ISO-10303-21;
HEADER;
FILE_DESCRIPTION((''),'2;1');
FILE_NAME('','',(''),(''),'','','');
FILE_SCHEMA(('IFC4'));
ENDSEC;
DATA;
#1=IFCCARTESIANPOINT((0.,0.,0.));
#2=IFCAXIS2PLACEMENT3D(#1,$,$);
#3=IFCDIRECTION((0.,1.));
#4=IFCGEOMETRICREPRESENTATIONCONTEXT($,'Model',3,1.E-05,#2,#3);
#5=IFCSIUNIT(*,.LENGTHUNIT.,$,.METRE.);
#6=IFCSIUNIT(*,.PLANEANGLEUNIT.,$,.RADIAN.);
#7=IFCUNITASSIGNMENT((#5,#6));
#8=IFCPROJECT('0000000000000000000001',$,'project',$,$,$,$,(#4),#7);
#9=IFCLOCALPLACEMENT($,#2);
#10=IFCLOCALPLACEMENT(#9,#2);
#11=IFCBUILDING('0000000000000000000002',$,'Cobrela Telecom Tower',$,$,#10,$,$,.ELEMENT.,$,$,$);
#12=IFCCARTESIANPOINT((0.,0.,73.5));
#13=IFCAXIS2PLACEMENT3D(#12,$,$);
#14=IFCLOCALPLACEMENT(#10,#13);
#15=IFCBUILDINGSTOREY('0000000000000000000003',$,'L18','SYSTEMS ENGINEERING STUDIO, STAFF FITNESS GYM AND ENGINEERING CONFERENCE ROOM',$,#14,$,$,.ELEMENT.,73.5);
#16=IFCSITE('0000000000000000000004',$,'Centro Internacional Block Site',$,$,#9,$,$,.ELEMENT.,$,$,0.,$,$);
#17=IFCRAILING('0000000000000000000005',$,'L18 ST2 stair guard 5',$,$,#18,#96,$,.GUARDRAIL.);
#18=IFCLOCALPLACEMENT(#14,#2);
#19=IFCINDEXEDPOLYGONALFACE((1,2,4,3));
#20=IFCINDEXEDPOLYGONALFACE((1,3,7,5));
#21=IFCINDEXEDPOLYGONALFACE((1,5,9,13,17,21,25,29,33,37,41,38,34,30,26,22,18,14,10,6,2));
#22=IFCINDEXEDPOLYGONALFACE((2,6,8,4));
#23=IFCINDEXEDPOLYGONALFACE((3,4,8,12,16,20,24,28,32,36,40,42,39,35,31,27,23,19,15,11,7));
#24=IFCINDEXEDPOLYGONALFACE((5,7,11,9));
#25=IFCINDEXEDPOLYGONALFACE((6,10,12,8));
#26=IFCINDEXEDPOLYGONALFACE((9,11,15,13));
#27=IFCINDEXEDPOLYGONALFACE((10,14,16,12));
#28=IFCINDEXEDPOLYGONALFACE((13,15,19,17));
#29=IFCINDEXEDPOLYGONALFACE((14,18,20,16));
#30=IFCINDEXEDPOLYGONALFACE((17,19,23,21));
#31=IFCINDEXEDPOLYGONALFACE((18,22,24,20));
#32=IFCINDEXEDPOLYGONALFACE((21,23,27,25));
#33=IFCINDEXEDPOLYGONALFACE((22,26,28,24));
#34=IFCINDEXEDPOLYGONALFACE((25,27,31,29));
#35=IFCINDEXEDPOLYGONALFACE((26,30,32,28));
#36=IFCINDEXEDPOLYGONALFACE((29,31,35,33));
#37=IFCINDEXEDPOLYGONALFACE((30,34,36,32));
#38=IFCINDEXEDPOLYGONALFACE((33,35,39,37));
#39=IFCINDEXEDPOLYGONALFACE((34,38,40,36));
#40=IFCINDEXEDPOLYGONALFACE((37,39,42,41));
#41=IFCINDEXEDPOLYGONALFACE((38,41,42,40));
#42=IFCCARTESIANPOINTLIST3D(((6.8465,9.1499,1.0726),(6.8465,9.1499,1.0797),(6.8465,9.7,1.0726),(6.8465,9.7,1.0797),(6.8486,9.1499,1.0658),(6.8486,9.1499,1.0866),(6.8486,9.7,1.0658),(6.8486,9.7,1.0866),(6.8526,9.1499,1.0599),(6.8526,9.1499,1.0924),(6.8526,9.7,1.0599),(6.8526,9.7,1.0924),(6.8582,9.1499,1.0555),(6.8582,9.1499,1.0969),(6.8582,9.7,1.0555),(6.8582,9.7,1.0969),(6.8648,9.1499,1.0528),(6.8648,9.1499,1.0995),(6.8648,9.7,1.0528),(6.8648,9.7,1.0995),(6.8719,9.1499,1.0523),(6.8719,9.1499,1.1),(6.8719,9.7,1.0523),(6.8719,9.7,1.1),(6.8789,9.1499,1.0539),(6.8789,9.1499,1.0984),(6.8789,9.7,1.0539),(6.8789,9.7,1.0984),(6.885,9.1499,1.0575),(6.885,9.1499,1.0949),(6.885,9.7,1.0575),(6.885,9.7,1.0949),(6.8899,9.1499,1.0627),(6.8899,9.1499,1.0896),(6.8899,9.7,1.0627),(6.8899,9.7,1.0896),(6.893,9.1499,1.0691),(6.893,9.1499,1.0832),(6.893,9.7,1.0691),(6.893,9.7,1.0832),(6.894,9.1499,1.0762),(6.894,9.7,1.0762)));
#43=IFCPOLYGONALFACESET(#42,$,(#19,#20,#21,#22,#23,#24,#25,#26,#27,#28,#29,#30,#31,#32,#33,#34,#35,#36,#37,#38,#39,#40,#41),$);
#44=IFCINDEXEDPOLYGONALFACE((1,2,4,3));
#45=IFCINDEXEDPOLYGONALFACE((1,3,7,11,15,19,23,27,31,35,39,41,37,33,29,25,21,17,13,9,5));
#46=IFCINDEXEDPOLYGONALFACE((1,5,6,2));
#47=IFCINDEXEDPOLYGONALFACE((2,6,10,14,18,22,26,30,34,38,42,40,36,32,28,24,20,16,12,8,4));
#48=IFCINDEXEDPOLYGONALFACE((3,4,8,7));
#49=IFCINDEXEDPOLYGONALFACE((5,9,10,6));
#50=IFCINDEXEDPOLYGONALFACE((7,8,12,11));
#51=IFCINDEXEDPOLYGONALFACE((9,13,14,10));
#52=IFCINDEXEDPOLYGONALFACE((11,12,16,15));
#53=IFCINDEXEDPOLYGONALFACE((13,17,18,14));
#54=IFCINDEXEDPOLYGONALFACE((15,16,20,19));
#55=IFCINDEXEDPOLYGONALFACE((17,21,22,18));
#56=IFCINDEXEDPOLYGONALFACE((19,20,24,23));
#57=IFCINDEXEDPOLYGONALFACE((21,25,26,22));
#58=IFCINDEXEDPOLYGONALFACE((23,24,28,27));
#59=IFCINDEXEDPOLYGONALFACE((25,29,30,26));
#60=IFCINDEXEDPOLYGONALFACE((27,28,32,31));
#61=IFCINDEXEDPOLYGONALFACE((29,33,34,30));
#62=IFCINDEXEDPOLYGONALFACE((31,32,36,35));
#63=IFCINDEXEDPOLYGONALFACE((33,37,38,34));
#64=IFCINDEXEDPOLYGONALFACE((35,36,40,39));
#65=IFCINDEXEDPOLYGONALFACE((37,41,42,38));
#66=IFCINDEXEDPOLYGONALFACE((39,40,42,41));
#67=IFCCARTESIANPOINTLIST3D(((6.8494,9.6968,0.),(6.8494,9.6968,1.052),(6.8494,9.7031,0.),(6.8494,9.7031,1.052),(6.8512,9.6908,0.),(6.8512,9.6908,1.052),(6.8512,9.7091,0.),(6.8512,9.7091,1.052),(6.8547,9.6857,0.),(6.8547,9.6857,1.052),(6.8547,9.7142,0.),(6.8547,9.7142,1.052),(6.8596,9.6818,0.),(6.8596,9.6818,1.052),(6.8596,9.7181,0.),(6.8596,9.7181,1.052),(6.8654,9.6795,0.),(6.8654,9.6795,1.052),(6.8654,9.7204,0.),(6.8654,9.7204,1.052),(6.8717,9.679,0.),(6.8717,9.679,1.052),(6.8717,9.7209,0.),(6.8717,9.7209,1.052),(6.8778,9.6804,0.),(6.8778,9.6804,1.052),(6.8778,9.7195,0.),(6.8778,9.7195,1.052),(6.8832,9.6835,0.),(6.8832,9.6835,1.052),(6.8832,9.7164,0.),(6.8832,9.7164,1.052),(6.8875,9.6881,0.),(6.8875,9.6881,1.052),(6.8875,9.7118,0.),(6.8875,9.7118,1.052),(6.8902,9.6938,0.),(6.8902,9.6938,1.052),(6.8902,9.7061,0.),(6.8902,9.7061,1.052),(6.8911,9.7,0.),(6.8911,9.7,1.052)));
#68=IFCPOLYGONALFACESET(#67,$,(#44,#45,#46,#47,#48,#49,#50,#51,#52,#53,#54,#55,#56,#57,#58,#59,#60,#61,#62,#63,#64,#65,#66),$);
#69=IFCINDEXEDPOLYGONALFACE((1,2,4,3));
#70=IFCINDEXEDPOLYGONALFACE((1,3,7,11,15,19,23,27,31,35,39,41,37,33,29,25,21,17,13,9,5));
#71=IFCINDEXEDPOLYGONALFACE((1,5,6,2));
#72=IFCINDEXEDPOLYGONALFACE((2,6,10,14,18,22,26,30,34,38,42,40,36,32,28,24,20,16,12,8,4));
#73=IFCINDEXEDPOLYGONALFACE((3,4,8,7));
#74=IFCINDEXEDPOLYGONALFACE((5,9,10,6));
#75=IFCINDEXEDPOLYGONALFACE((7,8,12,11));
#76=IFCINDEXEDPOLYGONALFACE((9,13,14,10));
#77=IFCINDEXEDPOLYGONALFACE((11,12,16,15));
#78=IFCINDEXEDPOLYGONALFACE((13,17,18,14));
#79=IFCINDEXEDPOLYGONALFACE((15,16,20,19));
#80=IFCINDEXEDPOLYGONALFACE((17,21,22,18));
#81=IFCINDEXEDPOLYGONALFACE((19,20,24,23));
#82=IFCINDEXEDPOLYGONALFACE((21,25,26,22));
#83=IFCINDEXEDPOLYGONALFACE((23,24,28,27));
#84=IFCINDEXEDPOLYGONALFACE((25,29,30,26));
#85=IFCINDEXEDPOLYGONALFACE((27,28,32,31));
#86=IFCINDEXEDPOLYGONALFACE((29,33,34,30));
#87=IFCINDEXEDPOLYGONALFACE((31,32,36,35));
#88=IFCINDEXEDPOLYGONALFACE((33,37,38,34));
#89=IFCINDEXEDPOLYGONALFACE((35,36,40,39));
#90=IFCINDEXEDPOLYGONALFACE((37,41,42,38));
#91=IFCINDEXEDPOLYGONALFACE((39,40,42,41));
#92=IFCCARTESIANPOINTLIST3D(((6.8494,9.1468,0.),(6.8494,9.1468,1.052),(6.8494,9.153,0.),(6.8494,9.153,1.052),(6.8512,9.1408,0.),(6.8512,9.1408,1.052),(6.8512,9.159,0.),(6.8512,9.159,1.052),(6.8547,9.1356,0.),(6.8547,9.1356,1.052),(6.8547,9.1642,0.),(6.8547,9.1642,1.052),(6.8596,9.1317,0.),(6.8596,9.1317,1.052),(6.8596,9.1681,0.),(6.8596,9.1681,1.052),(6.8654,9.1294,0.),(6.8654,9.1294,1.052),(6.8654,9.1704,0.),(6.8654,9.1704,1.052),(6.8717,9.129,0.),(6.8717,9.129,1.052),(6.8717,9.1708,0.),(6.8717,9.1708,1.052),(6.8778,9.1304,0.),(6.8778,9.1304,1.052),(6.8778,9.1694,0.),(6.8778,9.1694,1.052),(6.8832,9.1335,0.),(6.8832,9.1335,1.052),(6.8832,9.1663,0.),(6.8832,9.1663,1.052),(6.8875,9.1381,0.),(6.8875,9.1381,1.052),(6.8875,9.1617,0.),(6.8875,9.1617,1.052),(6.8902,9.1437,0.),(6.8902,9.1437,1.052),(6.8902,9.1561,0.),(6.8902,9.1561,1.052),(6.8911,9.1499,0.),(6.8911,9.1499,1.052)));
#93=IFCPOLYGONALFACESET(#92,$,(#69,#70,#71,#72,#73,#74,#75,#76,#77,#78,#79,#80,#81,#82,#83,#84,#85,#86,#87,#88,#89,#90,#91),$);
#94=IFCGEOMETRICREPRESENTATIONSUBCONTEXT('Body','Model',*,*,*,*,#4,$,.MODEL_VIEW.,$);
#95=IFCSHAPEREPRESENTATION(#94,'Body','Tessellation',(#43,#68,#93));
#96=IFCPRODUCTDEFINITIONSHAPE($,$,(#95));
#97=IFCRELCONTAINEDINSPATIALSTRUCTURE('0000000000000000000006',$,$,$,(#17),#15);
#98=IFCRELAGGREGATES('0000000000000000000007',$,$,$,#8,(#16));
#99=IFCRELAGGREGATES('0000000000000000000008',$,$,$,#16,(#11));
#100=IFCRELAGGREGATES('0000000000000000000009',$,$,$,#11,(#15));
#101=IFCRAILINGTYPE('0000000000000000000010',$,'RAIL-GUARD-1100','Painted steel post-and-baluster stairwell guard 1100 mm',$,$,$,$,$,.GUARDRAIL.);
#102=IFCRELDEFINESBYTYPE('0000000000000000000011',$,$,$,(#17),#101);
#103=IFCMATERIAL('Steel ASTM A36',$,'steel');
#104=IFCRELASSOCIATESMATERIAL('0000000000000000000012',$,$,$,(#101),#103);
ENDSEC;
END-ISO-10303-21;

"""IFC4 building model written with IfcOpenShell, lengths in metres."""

from ifc_helpers import new_model, si_unit, direction, frame, origin, origin_2d, place, context, subcontext, project, spatial, circle, extrude, material, type_object, element, save


model = new_model("IFC4")

# Units and contexts
model_context = context("Model", 3, precision=1e-05, world=origin(), true_north=direction((0.0, 1.0)))
body_context = subcontext(model_context, "Body", "Model", "MODEL_VIEW")
ifc_project = project(units=[si_unit("LENGTHUNIT", "METRE"), si_unit("PLANEANGLEUNIT", "RADIAN")], contexts=[model_context])

# Site, building, storey
site_placement = place(None, origin())
site = spatial("IfcSite", under=ifc_project, at=site_placement, Name="Centro Internacional Block Site", CompositionType="ELEMENT", RefElevation=0.0)
building_placement = place(site_placement, origin())
building = spatial("IfcBuilding", under=site, at=building_placement, Name="Cobrela Telecom Tower", CompositionType="ELEMENT")
storey_placement = place(building_placement, frame((0.0, 0.0, 73.5)))
storey = spatial("IfcBuildingStorey", under=building, at=storey_placement, Name="L18", Description="SYSTEMS ENGINEERING STUDIO, STAFF FITNESS GYM AND ENGINEERING CONFERENCE ROOM", CompositionType="ELEMENT", Elevation=73.5)

# Railing
ifc_material_1 = material(Name="Steel ASTM A36", Category="steel")
railing_type_1 = type_object("IfcRailingType", Name="RAIL-GUARD-1100", Description="Painted steel post-and-baluster stairwell guard 1100 mm", PredefinedType="GUARDRAIL", material=ifc_material_1)
railing_1_placement = place(storey_placement, frame((6.8701, 9.7, 0.0)))
element("IfcRailing", 1, at=railing_1_placement, inside=storey, type_object=railing_type_1, Name="L18 ST2 stair guard 5", PredefinedType="GUARDRAIL", context=body_context, shape_type="SweptSolid", body=[
    extrude(circle(Radius=0.0239, at=origin_2d()), frame((0.0, 0.0, 1.0762), z_axis=(0.0, -1.0, 0.0), x_axis=(1.0, 0.0, 0.0)), (0.0, 0.0, 1.0), 0.55),
    extrude(circle(Radius=0.021, at=origin_2d()), origin(), (0.0, 0.0, 1.0), 1.052),
    extrude(circle(Radius=0.021, at=origin_2d()), frame((0.0, -0.55, 0.0)), (0.0, 0.0, 1.0), 1.052),
])

save(model, "model.ifc")
